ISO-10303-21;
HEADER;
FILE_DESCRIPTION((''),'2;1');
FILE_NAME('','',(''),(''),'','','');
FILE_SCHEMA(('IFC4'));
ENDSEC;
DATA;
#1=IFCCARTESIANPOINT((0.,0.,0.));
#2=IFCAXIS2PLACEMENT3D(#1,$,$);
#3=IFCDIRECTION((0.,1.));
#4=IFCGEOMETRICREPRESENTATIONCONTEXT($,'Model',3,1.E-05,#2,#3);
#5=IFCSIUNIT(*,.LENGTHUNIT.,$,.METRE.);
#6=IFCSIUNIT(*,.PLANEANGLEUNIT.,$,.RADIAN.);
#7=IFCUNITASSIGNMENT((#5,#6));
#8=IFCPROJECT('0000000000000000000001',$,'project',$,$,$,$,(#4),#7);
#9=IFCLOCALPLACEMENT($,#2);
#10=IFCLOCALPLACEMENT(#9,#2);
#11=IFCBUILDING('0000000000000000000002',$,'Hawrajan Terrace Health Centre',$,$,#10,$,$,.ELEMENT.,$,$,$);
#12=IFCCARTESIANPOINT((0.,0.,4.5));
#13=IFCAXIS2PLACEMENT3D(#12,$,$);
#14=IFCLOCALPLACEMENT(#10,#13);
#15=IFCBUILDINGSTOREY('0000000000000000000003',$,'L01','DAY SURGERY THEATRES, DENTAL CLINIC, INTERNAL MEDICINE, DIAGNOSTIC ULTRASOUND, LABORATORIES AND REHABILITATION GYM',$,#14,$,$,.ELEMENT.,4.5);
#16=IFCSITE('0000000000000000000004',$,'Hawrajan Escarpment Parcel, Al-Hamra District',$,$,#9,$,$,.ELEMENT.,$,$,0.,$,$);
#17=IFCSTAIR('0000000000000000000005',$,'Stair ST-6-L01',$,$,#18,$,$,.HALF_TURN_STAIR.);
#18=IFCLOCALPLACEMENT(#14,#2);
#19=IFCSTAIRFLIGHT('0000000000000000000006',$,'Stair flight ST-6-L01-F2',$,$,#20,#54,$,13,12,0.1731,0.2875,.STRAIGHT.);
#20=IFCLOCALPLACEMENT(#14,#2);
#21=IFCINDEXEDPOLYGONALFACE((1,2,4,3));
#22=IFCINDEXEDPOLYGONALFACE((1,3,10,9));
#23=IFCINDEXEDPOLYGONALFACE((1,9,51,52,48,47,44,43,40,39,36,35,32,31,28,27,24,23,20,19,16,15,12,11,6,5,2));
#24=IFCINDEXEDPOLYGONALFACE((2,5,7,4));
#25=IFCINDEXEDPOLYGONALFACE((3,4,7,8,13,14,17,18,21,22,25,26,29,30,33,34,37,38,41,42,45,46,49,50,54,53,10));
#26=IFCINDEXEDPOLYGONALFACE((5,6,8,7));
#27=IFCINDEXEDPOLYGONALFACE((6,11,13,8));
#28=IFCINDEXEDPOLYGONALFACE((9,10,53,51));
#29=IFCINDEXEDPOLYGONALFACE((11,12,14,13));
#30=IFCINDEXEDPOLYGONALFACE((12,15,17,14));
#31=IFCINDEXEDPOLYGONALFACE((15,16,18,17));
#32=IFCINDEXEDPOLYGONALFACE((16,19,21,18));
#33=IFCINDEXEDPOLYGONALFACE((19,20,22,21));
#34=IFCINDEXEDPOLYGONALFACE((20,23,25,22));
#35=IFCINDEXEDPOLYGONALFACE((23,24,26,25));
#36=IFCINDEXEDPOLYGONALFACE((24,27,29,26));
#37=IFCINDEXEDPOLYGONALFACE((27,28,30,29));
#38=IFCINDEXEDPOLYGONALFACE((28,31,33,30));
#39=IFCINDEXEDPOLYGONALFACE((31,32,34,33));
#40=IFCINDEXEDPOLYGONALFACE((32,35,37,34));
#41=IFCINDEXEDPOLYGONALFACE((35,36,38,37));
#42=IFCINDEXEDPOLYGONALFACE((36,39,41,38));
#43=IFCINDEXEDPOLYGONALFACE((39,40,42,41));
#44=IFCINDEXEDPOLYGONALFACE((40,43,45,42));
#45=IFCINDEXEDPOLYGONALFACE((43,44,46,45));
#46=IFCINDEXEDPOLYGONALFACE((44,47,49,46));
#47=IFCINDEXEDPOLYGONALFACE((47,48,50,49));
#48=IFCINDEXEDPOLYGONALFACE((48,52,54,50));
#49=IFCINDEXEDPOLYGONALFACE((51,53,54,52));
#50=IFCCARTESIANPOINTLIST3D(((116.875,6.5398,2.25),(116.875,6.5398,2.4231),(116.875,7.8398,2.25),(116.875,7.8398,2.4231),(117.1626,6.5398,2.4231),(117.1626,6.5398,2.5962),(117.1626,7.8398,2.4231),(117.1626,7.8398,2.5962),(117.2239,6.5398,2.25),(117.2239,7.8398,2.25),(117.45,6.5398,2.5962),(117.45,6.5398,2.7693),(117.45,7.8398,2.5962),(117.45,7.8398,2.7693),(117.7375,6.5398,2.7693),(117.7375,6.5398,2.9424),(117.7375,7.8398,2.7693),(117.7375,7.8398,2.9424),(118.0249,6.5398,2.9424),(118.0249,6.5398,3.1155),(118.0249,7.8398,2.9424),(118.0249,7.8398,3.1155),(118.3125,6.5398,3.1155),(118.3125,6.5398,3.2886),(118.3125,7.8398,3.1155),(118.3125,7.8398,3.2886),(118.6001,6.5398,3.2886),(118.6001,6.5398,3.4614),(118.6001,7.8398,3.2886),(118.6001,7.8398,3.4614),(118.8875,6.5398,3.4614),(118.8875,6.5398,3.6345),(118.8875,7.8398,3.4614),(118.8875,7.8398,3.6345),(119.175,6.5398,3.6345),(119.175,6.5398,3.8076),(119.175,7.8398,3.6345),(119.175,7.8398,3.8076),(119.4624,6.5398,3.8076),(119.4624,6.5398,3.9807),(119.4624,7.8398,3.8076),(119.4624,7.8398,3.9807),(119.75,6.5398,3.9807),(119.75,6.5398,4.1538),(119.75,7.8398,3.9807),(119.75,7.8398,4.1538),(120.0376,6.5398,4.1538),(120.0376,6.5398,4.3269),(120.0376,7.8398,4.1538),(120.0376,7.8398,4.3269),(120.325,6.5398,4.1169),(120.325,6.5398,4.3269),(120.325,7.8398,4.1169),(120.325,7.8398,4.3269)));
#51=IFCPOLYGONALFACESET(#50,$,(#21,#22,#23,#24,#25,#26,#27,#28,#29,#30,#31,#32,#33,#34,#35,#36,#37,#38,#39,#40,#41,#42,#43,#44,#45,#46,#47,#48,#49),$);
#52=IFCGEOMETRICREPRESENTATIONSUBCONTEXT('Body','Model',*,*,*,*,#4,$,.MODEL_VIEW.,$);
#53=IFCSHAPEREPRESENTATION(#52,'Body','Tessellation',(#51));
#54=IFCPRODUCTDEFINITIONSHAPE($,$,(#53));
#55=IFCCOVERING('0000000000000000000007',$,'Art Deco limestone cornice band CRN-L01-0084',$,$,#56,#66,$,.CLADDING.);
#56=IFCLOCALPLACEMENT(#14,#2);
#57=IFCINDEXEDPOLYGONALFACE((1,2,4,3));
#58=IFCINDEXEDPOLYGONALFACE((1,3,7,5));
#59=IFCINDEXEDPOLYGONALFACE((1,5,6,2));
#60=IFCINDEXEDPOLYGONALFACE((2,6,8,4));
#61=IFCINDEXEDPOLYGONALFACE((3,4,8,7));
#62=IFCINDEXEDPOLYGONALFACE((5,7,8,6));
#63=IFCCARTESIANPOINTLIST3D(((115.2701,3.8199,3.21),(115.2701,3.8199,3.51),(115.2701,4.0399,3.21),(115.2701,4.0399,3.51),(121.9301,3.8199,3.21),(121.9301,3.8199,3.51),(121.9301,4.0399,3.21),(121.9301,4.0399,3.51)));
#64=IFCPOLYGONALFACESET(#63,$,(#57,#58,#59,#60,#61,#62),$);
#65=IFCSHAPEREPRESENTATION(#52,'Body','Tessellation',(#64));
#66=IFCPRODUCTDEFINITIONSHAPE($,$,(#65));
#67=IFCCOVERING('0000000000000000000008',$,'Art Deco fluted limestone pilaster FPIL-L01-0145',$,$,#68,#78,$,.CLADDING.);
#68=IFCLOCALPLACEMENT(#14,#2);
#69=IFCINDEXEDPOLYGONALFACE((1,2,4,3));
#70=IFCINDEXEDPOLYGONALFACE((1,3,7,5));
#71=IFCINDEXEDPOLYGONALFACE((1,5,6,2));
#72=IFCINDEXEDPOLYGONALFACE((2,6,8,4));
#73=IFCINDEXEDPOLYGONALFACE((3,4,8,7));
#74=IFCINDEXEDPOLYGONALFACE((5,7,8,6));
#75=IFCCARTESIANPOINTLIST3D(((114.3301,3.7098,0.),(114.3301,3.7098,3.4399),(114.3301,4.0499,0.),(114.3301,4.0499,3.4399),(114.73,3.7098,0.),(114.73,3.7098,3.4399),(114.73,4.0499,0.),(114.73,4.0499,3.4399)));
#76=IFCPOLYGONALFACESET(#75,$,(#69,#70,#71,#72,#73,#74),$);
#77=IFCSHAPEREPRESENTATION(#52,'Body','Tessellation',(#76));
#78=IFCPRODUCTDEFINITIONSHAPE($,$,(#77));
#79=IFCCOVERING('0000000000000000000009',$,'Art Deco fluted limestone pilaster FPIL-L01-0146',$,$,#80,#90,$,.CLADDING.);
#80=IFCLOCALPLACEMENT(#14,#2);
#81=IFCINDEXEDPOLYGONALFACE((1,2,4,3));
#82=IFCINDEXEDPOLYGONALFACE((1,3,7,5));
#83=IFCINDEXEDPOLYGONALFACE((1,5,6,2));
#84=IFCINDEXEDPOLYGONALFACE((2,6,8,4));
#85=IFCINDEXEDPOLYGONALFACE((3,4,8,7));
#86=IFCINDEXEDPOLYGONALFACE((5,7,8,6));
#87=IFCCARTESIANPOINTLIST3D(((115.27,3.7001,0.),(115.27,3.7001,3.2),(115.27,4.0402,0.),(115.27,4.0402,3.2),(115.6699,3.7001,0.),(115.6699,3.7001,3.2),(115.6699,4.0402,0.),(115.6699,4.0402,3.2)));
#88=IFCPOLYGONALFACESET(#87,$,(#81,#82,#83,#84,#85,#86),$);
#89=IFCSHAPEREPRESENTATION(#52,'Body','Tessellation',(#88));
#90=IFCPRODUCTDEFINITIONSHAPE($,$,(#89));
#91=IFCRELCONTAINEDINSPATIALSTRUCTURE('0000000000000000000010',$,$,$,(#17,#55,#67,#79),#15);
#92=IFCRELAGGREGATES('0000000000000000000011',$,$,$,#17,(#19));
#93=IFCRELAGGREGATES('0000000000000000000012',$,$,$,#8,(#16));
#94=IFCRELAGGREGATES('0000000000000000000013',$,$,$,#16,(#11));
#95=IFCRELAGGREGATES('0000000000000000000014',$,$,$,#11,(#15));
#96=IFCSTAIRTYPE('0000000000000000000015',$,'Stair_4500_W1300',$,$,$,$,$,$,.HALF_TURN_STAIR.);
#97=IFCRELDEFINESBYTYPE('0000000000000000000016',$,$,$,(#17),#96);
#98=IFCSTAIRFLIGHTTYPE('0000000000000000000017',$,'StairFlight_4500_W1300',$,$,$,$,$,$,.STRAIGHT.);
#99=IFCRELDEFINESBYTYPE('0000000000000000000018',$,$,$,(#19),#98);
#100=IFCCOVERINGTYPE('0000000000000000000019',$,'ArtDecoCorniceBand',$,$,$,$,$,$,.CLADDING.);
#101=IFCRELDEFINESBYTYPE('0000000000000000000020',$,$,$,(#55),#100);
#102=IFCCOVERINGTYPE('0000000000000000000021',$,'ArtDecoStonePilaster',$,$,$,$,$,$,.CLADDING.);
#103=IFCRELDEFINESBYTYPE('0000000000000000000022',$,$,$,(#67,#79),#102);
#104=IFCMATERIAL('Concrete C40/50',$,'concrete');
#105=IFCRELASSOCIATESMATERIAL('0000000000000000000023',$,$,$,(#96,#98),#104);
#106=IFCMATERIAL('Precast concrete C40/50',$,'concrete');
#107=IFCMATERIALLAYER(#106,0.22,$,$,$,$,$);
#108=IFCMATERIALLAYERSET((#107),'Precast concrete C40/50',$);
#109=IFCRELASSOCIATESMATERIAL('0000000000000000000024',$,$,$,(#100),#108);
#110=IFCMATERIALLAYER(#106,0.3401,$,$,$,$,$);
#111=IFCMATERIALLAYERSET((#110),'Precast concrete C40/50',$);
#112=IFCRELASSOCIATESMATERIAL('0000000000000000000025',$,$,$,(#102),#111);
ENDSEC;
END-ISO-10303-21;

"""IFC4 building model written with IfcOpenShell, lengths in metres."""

from ifc_helpers import new_model, si_unit, direction, frame, origin, origin_2d, place, context, subcontext, project, spatial, polyline, rectangle, outline, extrude, material, layer, layer_set, type_object, element, aggregate, save


model = new_model("IFC4")

# Units and contexts
model_context = context("Model", 3, precision=1e-05, world=origin(), true_north=direction((0.0, 1.0)))
body_context = subcontext(model_context, "Body", "Model", "MODEL_VIEW")
ifc_project = project(units=[si_unit("LENGTHUNIT", "METRE"), si_unit("PLANEANGLEUNIT", "RADIAN")], contexts=[model_context])

# Site, building, storey
site_placement = place(None, origin())
site = spatial("IfcSite", under=ifc_project, at=site_placement, Name="Hawrajan Escarpment Parcel, Al-Hamra District", CompositionType="ELEMENT", RefElevation=0.0)
building_placement = place(site_placement, origin())
building = spatial("IfcBuilding", under=site, at=building_placement, Name="Hawrajan Terrace Health Centre", CompositionType="ELEMENT")
storey_placement = place(building_placement, frame((0.0, 0.0, 4.5)))
storey = spatial("IfcBuildingStorey", under=building, at=storey_placement, Name="L01", Description="DAY SURGERY THEATRES, DENTAL CLINIC, INTERNAL MEDICINE, DIAGNOSTIC ULTRASOUND, LABORATORIES AND REHABILITATION GYM", CompositionType="ELEMENT", Elevation=4.5)

# Shared definitions
ifc_material_1 = material(Name="Concrete C40/50", Category="concrete")

# Shared definitions
ifc_material_2 = material(Name="Precast concrete C40/50", Category="concrete")

# Stair, stair flight
stair_type = type_object("IfcStairType", Name="Stair_4500_W1300", PredefinedType="HALF_TURN_STAIR", material=ifc_material_1)
stair_placement = place(storey_placement, origin())
stair = element("IfcStair", 1, at=stair_placement, inside=storey, type_object=stair_type, Name="Stair ST-6-L01", PredefinedType="HALF_TURN_STAIR")
stair_flight_type = type_object("IfcStairFlightType", Name="StairFlight_4500_W1300", PredefinedType="STRAIGHT", material=ifc_material_1)
stair_flight_placement = place(storey_placement, frame((116.875, 7.1899, 2.25), z_axis=(0.0, 0.0, 1.0), x_axis=(1.0, 0.0, 0.0)))
stair_flight = element("IfcStairFlight", 2, at=stair_flight_placement, type_object=stair_flight_type, Name="Stair flight ST-6-L01-F2", NumberOfRisers=13, NumberOfTreads=12, PredefinedType="STRAIGHT", RiserHeight=0.1731, TreadLength=0.2875, context=body_context, shape_type="SweptSolid", body=[
    extrude(outline(polyline([(0.0, 0.0), (0.0, 0.1731), (0.2876, 0.1731), (0.2876, 0.3462), (0.575, 0.3462), (0.575, 0.5193), (0.8625, 0.5193), (0.8625, 0.6924), (1.1499, 0.6924), (1.1499, 0.8655), (1.4375, 0.8655), (1.4375, 1.0386), (1.7251, 1.0386), (1.7251, 1.2114), (2.0125, 1.2114), (2.0125, 1.3845), (2.3, 1.3845), (2.3, 1.5576), (2.5874, 1.5576), (2.5874, 1.7307), (2.875, 1.7307), (2.875, 1.9038), (3.1626, 1.9038), (3.1626, 2.0769), (3.45, 2.0769), (3.45, 2.25), (3.45, 1.8669), (0.3489, 0.0), (0.0, 0.0)])), frame((0.0, 0.6499, 0.0), z_axis=(0.0, -1.0, 0.0), x_axis=(1.0, 0.0, 0.0)), (0.0, 0.0, 1.0), 1.3),
])
aggregate(stair, [stair_flight])

# Coverings
ifc_layer_1 = layer(ifc_material_2, 0.22)
ifc_layer_set_1 = layer_set([ifc_layer_1], Name="Precast concrete C40/50")
covering_type_1 = type_object("IfcCoveringType", Name="ArtDecoCorniceBand", PredefinedType="CLADDING", material=ifc_layer_set_1)
covering_1_placement = place(storey_placement, frame((118.6001, 3.9299, 3.21), z_axis=(0.0, 0.0, 1.0), x_axis=(1.0, 0.0, 0.0)))
element("IfcCovering", 3, at=covering_1_placement, inside=storey, type_object=covering_type_1, Name="Art Deco limestone cornice band CRN-L01-0084", PredefinedType="CLADDING", context=body_context, shape_type="SweptSolid", body=[
    extrude(rectangle(XDim=6.6599, YDim=0.22, at=origin_2d()), origin(), (0.0, 0.0, 1.0), 0.3),
])
ifc_layer_2 = layer(ifc_material_2, 0.3401)
ifc_layer_set_2 = layer_set([ifc_layer_2], Name="Precast concrete C40/50")
covering_type_2 = type_object("IfcCoveringType", Name="ArtDecoStonePilaster", PredefinedType="CLADDING", material=ifc_layer_set_2)
covering_2_placement = place(storey_placement, frame((114.53, 3.8799, 0.0), z_axis=(0.0, 0.0, 1.0), x_axis=(1.0, 0.0, 0.0)))
element("IfcCovering", 4, at=covering_2_placement, inside=storey, type_object=covering_type_2, Name="Art Deco fluted limestone pilaster FPIL-L01-0145", PredefinedType="CLADDING", context=body_context, shape_type="SweptSolid", body=[
    extrude(rectangle(XDim=0.3999, YDim=0.3401, at=origin_2d()), origin(), (0.0, 0.0, 1.0), 3.4399),
])
covering_3_placement = place(storey_placement, frame((115.47, 3.8701, 0.0), z_axis=(0.0, 0.0, 1.0), x_axis=(1.0, 0.0, 0.0)))
element("IfcCovering", 5, at=covering_3_placement, inside=storey, type_object=covering_type_2, Name="Art Deco fluted limestone pilaster FPIL-L01-0146", PredefinedType="CLADDING", context=body_context, shape_type="SweptSolid", body=[
    extrude(rectangle(XDim=0.3999, YDim=0.3401, at=origin_2d()), origin(), (0.0, 0.0, 1.0), 3.2),
])

save(model, "model.ifc")
